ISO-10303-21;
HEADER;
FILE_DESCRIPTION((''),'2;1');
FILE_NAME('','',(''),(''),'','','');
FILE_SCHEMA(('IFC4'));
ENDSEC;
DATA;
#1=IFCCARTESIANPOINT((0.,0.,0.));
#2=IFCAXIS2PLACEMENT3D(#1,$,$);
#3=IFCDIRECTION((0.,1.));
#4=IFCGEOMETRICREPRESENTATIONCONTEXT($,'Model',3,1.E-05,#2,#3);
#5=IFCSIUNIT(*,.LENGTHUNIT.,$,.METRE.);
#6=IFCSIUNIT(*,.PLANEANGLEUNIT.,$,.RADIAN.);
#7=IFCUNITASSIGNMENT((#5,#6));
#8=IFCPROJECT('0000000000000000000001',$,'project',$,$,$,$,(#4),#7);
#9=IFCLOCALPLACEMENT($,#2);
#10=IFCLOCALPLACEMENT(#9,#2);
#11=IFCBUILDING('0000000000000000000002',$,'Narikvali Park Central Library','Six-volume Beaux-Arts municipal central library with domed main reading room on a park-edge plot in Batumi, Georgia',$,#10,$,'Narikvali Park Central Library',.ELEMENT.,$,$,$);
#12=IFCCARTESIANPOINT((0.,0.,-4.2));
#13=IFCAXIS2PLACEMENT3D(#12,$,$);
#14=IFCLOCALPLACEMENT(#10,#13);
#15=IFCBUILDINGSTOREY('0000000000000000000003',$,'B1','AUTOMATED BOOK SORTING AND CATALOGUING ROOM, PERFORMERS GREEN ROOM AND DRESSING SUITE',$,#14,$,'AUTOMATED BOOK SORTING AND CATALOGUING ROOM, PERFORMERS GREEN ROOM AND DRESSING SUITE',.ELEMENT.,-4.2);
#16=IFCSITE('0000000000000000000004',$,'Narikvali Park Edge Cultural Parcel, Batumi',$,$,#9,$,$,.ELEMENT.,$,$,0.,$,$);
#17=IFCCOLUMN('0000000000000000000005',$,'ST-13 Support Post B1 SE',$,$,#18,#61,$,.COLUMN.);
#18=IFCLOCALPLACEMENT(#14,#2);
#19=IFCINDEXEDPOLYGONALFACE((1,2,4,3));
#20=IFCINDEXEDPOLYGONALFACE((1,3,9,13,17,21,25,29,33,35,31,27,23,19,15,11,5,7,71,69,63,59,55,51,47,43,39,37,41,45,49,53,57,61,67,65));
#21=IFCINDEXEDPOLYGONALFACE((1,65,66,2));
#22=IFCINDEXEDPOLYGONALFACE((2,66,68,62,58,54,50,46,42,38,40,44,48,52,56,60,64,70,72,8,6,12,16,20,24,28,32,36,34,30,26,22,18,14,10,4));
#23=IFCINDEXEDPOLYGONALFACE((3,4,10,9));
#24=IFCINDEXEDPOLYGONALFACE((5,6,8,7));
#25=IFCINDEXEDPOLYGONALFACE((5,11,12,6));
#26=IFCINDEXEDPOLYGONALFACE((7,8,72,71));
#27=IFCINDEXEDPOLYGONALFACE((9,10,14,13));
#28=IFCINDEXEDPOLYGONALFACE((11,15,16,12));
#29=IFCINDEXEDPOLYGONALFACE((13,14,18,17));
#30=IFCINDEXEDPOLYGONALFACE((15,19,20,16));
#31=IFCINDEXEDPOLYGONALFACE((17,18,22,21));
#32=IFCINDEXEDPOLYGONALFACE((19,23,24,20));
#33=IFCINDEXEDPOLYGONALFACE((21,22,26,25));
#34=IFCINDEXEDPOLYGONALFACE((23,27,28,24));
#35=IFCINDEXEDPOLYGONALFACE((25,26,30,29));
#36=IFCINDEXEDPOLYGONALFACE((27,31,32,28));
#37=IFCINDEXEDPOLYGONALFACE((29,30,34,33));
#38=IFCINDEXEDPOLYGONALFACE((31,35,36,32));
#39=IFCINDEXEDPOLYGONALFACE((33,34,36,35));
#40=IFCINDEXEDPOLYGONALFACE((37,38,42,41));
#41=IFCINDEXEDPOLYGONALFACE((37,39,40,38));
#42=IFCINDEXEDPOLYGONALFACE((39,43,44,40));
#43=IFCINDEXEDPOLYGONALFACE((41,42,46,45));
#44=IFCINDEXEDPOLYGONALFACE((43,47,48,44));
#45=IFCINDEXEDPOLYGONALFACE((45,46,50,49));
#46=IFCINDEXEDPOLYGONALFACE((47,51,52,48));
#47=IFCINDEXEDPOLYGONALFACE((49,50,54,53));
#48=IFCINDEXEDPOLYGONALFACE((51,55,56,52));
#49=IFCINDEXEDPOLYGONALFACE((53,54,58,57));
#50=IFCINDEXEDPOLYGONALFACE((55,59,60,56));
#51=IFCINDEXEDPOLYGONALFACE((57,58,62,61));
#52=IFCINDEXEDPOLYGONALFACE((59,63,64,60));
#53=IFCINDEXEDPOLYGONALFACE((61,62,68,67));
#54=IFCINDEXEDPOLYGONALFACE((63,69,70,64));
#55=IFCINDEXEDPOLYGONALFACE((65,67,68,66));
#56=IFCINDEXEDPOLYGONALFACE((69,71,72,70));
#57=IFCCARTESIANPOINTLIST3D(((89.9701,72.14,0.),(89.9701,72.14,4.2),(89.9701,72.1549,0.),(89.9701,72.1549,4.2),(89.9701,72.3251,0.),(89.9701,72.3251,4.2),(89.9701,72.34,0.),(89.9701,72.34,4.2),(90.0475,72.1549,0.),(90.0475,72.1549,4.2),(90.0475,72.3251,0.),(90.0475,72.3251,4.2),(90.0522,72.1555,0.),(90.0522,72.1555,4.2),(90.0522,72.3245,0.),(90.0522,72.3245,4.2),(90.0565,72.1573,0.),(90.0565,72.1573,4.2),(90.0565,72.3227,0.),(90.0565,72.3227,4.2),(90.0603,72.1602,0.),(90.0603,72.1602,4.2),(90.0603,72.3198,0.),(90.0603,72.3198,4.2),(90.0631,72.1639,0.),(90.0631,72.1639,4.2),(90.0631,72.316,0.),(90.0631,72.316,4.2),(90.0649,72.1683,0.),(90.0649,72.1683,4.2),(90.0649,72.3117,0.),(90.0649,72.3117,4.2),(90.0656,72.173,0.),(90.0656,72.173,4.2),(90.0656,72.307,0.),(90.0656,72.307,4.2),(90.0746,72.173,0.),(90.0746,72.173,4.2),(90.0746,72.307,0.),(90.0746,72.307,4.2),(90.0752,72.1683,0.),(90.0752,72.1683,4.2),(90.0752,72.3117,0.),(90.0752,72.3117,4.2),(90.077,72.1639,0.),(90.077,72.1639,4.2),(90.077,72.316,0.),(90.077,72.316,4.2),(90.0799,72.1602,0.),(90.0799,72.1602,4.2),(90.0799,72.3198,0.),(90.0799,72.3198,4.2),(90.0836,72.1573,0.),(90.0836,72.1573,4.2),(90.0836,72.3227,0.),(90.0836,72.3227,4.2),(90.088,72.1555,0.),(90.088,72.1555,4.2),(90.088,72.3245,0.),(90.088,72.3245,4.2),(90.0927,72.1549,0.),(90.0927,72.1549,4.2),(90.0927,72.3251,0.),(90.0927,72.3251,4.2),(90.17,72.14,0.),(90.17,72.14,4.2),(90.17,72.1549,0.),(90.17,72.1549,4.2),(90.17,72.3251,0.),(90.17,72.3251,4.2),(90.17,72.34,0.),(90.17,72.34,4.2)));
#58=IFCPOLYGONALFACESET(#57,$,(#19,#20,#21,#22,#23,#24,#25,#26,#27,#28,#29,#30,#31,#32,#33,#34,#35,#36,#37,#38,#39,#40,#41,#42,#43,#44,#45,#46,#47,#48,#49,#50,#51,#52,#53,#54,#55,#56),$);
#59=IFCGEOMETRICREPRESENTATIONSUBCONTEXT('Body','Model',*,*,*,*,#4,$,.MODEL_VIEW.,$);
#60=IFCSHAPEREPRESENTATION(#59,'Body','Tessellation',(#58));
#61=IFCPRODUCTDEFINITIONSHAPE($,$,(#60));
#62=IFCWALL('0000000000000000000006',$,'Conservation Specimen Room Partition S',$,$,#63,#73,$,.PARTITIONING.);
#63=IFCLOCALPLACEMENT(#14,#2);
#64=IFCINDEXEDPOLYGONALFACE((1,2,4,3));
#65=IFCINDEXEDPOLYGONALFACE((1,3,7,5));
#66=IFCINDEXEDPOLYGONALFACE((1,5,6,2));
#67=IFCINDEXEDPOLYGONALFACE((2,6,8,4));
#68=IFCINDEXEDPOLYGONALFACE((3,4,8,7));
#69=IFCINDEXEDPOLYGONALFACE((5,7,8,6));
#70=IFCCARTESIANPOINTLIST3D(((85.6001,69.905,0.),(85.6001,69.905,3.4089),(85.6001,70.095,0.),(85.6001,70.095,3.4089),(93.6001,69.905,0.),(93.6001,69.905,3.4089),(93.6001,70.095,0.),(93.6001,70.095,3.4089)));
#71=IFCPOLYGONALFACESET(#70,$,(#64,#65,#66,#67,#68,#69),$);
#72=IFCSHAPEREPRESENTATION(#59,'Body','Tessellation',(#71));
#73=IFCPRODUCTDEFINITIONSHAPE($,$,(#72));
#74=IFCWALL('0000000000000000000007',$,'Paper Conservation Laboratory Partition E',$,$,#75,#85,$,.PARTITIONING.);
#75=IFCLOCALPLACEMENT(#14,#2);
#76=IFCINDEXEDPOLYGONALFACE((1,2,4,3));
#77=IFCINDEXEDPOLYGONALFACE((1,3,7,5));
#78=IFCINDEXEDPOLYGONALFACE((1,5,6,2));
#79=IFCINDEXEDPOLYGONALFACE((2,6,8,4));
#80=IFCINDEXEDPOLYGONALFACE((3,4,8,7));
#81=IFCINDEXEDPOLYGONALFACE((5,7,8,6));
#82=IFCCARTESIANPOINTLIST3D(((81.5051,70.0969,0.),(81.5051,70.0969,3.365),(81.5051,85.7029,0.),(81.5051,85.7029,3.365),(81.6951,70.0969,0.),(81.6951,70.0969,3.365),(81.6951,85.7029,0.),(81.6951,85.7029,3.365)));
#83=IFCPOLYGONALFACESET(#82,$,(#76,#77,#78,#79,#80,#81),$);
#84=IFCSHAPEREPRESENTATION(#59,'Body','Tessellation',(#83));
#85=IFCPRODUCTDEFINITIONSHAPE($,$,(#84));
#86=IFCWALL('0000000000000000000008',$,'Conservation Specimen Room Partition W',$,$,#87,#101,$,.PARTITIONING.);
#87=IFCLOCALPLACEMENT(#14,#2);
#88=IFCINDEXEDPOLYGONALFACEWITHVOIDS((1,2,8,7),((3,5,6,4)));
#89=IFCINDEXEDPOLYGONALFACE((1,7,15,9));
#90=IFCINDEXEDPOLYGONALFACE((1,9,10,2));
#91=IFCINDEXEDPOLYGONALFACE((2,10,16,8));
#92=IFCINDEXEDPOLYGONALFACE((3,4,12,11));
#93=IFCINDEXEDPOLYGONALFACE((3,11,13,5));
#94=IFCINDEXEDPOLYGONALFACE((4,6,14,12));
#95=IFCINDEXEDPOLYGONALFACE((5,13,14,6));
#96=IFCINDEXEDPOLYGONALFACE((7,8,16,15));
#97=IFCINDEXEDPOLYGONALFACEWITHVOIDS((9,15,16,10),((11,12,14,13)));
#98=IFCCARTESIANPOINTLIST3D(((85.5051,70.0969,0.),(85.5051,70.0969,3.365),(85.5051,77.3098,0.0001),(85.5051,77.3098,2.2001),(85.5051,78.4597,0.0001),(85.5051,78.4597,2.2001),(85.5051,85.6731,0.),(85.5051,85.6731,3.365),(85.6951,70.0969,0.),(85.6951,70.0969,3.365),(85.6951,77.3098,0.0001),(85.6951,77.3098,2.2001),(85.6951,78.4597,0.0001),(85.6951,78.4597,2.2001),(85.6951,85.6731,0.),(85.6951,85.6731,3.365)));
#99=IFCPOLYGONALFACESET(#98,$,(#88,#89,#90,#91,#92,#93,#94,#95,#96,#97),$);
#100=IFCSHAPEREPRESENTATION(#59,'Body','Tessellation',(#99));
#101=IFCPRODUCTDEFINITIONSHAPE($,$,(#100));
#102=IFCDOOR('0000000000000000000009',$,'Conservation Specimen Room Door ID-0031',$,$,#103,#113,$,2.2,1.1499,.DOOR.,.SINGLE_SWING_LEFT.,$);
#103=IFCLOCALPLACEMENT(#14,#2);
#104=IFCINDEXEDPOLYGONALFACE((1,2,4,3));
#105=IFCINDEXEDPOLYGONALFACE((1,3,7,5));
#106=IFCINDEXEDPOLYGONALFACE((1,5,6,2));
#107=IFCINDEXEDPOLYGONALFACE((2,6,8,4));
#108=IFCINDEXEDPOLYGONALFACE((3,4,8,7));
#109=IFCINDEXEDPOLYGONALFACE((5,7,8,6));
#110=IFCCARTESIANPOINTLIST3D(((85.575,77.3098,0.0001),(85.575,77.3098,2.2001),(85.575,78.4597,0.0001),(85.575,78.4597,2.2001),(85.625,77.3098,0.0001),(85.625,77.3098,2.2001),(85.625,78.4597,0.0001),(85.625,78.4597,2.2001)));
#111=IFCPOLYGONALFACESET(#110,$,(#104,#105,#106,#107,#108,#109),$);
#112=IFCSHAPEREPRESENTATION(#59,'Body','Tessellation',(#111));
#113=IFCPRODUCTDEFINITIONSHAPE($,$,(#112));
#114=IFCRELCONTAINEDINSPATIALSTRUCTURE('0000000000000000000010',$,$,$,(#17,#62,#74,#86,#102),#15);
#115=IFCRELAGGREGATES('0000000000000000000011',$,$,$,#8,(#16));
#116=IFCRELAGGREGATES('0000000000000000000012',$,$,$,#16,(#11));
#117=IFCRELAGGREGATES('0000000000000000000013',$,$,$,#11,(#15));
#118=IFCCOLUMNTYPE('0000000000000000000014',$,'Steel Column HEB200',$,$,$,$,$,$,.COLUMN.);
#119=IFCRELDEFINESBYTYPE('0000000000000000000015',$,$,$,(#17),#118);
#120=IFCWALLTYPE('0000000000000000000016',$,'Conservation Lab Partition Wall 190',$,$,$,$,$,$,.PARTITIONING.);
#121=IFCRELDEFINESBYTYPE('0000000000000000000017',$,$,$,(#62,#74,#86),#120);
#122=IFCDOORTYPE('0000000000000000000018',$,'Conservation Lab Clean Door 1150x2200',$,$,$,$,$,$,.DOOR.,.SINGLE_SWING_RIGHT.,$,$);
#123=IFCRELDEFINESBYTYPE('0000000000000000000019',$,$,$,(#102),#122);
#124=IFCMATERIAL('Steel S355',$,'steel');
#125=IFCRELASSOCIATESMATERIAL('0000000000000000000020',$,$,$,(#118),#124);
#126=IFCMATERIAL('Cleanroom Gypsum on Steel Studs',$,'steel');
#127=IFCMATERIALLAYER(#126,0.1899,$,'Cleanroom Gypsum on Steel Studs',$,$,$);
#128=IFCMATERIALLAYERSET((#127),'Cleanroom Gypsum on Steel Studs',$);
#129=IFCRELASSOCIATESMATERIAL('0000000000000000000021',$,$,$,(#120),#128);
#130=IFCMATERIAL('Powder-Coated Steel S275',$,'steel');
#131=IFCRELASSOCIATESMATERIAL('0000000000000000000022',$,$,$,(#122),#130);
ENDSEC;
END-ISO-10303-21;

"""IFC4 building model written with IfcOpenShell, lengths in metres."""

from ifc_helpers import new_model, si_unit, direction, frame, frame_2d, origin, origin_2d, place, context, subcontext, project, spatial, rectangle, i_section, extrude, material, layer, layer_set, material_profile, profile_set, type_object, element, fill, save


model = new_model("IFC4")

# Units and contexts
model_context = context("Model", 3, precision=1e-05, world=origin(), true_north=direction((0.0, 1.0)))
body_context = subcontext(model_context, "Body", "Model", "MODEL_VIEW")
ifc_project = project(units=[si_unit("LENGTHUNIT", "METRE"), si_unit("PLANEANGLEUNIT", "RADIAN")], contexts=[model_context])

# Site, building, storey
site_placement = place(None, origin())
site = spatial("IfcSite", under=ifc_project, at=site_placement, Name="Narikvali Park Edge Cultural Parcel, Batumi", CompositionType="ELEMENT", RefElevation=0.0)
building_placement = place(site_placement, origin())
building = spatial("IfcBuilding", under=site, at=building_placement, Name="Narikvali Park Central Library", Description="Six-volume Beaux-Arts municipal central library with domed main reading room on a park-edge plot in Batumi, Georgia", LongName="Narikvali Park Central Library", CompositionType="ELEMENT")
storey_placement = place(building_placement, frame((0.0, 0.0, -4.2)))
storey = spatial("IfcBuildingStorey", under=building, at=storey_placement, Name="B1", Description="AUTOMATED BOOK SORTING AND CATALOGUING ROOM, PERFORMERS GREEN ROOM AND DRESSING SUITE", LongName="AUTOMATED BOOK SORTING AND CATALOGUING ROOM, PERFORMERS GREEN ROOM AND DRESSING SUITE", CompositionType="ELEMENT", Elevation=-4.2)

# Column
ifc_material_1 = material(Name="Steel S355", Category="steel")
ifc_material_profile_1 = material_profile(ifc_material_1, i_section(OverallWidth=0.2, OverallDepth=0.2, WebThickness=0.009, FlangeThickness=0.0149, FilletRadius=0.0181, at=origin_2d()), Name="HEB 200")
ifc_profile_set_1 = profile_set([ifc_material_profile_1], Name="Steel S355")
column_type_1 = type_object("IfcColumnType", Name="Steel Column HEB200", PredefinedType="COLUMN", material=ifc_profile_set_1)
for number, where, z_axis, x_axis, name in (
    (1, (90.0701, 72.24, 0.0), (0.0, 0.0, 1.0), (1.0, 0.0, 0.0), "ST-13 Support Post B1 SE"),
):
    element("IfcColumn", number, at=place(storey_placement, frame(where, z_axis=z_axis, x_axis=x_axis)), inside=storey, type_object=column_type_1, Name=name, PredefinedType="COLUMN", context=body_context, shape_type="SweptSolid", body=[
        extrude(i_section(OverallWidth=0.2, OverallDepth=0.2, WebThickness=0.009, FlangeThickness=0.0149, FilletRadius=0.0181, at=origin_2d()), origin(), (0.0, 0.0, 1.0), 4.2),
    ])

# Walls
ifc_material_2 = material(Name="Cleanroom Gypsum on Steel Studs", Category="steel")
ifc_layer_1 = layer(ifc_material_2, 0.1899, Name="Cleanroom Gypsum on Steel Studs")
ifc_layer_set_1 = layer_set([ifc_layer_1], Name="Cleanroom Gypsum on Steel Studs")
wall_type = type_object("IfcWallType", Name="Conservation Lab Partition Wall 190", PredefinedType="PARTITIONING", material=ifc_layer_set_1)
wall_1_placement = place(storey_placement, frame((85.6001, 70.0, 0.0), z_axis=(0.0, 0.0, 1.0), x_axis=(1.0, 0.0, 0.0)))
element("IfcWall", 2, at=wall_1_placement, inside=storey, type_object=wall_type, Name="Conservation Specimen Room Partition S", PredefinedType="PARTITIONING", context=body_context, shape_type="SweptSolid", body=[
    extrude(rectangle(XDim=8.0, YDim=0.1899, at=frame_2d((4.0, 0.0))), origin(), (0.0, 0.0, 1.0), 3.4089),
])
wall_2_placement = place(storey_placement, frame((81.6001, 70.0969, 0.0), z_axis=(0.0, 0.0, 1.0), x_axis=(0.0, 1.0, 0.0)))
element("IfcWall", 3, at=wall_2_placement, inside=storey, type_object=wall_type, Name="Paper Conservation Laboratory Partition E", PredefinedType="PARTITIONING", context=body_context, shape_type="SweptSolid", body=[
    extrude(rectangle(XDim=15.606, YDim=0.1899, at=frame_2d((7.803, 0.0))), origin(), (0.0, 0.0, 1.0), 3.365),
])

# Wall, opening, door
wall_3_placement = place(storey_placement, frame((85.6001, 70.0969, 0.0), z_axis=(0.0, 0.0, 1.0), x_axis=(0.0, 1.0, 0.0)))
wall_3 = element("IfcWall", 4, at=wall_3_placement, inside=storey, type_object=wall_type, Name="Conservation Specimen Room Partition W", PredefinedType="PARTITIONING", context=body_context, shape_type="SweptSolid", body=[
    extrude(rectangle(XDim=15.5762, YDim=0.1899, at=frame_2d((7.7881, 0.0))), origin(), (0.0, 0.0, 1.0), 3.365),
])
opening_placement = place(wall_3_placement, frame((7.2129, 0.0, 0.0)))
opening = element("IfcOpeningElement", 5, at=opening_placement, cuts=wall_3, PredefinedType="OPENING", context=body_context, shape_type="SweptSolid", body=[
    extrude(rectangle(XDim=1.1499, YDim=2.2, at=frame_2d((0.575, 1.1001))), frame((0.0, 0.1069, 0.0), z_axis=(0.0, -1.0, 0.0), x_axis=(1.0, 0.0, 0.0)), (0.0, 0.0, 1.0), 0.2139),
])
ifc_material_3 = material(Name="Powder-Coated Steel S275", Category="steel")
door_type = type_object("IfcDoorType", Name="Conservation Lab Clean Door 1150x2200", OperationType="SINGLE_SWING_RIGHT", PredefinedType="DOOR", material=ifc_material_3)
door_placement = place(opening_placement, frame((1.1499, 0.0, 0.0), z_axis=(0.0, 0.0, 1.0), x_axis=(-1.0, 0.0, 0.0)))
door = element("IfcDoor", 6, at=door_placement, inside=storey, type_object=door_type, Name="Conservation Specimen Room Door ID-0031", OperationType="SINGLE_SWING_LEFT", OverallHeight=2.2, OverallWidth=1.1499, PredefinedType="DOOR", context=body_context, shape_type="SweptSolid", body=[
    extrude(rectangle(XDim=1.1499, YDim=2.2, at=frame_2d((0.575, 1.1001))), frame((0.0, 0.0249, 0.0), z_axis=(0.0, -1.0, 0.0), x_axis=(1.0, 0.0, 0.0)), (0.0, 0.0, 1.0), 0.05),
])
fill(opening, door)

save(model, "model.ifc")
